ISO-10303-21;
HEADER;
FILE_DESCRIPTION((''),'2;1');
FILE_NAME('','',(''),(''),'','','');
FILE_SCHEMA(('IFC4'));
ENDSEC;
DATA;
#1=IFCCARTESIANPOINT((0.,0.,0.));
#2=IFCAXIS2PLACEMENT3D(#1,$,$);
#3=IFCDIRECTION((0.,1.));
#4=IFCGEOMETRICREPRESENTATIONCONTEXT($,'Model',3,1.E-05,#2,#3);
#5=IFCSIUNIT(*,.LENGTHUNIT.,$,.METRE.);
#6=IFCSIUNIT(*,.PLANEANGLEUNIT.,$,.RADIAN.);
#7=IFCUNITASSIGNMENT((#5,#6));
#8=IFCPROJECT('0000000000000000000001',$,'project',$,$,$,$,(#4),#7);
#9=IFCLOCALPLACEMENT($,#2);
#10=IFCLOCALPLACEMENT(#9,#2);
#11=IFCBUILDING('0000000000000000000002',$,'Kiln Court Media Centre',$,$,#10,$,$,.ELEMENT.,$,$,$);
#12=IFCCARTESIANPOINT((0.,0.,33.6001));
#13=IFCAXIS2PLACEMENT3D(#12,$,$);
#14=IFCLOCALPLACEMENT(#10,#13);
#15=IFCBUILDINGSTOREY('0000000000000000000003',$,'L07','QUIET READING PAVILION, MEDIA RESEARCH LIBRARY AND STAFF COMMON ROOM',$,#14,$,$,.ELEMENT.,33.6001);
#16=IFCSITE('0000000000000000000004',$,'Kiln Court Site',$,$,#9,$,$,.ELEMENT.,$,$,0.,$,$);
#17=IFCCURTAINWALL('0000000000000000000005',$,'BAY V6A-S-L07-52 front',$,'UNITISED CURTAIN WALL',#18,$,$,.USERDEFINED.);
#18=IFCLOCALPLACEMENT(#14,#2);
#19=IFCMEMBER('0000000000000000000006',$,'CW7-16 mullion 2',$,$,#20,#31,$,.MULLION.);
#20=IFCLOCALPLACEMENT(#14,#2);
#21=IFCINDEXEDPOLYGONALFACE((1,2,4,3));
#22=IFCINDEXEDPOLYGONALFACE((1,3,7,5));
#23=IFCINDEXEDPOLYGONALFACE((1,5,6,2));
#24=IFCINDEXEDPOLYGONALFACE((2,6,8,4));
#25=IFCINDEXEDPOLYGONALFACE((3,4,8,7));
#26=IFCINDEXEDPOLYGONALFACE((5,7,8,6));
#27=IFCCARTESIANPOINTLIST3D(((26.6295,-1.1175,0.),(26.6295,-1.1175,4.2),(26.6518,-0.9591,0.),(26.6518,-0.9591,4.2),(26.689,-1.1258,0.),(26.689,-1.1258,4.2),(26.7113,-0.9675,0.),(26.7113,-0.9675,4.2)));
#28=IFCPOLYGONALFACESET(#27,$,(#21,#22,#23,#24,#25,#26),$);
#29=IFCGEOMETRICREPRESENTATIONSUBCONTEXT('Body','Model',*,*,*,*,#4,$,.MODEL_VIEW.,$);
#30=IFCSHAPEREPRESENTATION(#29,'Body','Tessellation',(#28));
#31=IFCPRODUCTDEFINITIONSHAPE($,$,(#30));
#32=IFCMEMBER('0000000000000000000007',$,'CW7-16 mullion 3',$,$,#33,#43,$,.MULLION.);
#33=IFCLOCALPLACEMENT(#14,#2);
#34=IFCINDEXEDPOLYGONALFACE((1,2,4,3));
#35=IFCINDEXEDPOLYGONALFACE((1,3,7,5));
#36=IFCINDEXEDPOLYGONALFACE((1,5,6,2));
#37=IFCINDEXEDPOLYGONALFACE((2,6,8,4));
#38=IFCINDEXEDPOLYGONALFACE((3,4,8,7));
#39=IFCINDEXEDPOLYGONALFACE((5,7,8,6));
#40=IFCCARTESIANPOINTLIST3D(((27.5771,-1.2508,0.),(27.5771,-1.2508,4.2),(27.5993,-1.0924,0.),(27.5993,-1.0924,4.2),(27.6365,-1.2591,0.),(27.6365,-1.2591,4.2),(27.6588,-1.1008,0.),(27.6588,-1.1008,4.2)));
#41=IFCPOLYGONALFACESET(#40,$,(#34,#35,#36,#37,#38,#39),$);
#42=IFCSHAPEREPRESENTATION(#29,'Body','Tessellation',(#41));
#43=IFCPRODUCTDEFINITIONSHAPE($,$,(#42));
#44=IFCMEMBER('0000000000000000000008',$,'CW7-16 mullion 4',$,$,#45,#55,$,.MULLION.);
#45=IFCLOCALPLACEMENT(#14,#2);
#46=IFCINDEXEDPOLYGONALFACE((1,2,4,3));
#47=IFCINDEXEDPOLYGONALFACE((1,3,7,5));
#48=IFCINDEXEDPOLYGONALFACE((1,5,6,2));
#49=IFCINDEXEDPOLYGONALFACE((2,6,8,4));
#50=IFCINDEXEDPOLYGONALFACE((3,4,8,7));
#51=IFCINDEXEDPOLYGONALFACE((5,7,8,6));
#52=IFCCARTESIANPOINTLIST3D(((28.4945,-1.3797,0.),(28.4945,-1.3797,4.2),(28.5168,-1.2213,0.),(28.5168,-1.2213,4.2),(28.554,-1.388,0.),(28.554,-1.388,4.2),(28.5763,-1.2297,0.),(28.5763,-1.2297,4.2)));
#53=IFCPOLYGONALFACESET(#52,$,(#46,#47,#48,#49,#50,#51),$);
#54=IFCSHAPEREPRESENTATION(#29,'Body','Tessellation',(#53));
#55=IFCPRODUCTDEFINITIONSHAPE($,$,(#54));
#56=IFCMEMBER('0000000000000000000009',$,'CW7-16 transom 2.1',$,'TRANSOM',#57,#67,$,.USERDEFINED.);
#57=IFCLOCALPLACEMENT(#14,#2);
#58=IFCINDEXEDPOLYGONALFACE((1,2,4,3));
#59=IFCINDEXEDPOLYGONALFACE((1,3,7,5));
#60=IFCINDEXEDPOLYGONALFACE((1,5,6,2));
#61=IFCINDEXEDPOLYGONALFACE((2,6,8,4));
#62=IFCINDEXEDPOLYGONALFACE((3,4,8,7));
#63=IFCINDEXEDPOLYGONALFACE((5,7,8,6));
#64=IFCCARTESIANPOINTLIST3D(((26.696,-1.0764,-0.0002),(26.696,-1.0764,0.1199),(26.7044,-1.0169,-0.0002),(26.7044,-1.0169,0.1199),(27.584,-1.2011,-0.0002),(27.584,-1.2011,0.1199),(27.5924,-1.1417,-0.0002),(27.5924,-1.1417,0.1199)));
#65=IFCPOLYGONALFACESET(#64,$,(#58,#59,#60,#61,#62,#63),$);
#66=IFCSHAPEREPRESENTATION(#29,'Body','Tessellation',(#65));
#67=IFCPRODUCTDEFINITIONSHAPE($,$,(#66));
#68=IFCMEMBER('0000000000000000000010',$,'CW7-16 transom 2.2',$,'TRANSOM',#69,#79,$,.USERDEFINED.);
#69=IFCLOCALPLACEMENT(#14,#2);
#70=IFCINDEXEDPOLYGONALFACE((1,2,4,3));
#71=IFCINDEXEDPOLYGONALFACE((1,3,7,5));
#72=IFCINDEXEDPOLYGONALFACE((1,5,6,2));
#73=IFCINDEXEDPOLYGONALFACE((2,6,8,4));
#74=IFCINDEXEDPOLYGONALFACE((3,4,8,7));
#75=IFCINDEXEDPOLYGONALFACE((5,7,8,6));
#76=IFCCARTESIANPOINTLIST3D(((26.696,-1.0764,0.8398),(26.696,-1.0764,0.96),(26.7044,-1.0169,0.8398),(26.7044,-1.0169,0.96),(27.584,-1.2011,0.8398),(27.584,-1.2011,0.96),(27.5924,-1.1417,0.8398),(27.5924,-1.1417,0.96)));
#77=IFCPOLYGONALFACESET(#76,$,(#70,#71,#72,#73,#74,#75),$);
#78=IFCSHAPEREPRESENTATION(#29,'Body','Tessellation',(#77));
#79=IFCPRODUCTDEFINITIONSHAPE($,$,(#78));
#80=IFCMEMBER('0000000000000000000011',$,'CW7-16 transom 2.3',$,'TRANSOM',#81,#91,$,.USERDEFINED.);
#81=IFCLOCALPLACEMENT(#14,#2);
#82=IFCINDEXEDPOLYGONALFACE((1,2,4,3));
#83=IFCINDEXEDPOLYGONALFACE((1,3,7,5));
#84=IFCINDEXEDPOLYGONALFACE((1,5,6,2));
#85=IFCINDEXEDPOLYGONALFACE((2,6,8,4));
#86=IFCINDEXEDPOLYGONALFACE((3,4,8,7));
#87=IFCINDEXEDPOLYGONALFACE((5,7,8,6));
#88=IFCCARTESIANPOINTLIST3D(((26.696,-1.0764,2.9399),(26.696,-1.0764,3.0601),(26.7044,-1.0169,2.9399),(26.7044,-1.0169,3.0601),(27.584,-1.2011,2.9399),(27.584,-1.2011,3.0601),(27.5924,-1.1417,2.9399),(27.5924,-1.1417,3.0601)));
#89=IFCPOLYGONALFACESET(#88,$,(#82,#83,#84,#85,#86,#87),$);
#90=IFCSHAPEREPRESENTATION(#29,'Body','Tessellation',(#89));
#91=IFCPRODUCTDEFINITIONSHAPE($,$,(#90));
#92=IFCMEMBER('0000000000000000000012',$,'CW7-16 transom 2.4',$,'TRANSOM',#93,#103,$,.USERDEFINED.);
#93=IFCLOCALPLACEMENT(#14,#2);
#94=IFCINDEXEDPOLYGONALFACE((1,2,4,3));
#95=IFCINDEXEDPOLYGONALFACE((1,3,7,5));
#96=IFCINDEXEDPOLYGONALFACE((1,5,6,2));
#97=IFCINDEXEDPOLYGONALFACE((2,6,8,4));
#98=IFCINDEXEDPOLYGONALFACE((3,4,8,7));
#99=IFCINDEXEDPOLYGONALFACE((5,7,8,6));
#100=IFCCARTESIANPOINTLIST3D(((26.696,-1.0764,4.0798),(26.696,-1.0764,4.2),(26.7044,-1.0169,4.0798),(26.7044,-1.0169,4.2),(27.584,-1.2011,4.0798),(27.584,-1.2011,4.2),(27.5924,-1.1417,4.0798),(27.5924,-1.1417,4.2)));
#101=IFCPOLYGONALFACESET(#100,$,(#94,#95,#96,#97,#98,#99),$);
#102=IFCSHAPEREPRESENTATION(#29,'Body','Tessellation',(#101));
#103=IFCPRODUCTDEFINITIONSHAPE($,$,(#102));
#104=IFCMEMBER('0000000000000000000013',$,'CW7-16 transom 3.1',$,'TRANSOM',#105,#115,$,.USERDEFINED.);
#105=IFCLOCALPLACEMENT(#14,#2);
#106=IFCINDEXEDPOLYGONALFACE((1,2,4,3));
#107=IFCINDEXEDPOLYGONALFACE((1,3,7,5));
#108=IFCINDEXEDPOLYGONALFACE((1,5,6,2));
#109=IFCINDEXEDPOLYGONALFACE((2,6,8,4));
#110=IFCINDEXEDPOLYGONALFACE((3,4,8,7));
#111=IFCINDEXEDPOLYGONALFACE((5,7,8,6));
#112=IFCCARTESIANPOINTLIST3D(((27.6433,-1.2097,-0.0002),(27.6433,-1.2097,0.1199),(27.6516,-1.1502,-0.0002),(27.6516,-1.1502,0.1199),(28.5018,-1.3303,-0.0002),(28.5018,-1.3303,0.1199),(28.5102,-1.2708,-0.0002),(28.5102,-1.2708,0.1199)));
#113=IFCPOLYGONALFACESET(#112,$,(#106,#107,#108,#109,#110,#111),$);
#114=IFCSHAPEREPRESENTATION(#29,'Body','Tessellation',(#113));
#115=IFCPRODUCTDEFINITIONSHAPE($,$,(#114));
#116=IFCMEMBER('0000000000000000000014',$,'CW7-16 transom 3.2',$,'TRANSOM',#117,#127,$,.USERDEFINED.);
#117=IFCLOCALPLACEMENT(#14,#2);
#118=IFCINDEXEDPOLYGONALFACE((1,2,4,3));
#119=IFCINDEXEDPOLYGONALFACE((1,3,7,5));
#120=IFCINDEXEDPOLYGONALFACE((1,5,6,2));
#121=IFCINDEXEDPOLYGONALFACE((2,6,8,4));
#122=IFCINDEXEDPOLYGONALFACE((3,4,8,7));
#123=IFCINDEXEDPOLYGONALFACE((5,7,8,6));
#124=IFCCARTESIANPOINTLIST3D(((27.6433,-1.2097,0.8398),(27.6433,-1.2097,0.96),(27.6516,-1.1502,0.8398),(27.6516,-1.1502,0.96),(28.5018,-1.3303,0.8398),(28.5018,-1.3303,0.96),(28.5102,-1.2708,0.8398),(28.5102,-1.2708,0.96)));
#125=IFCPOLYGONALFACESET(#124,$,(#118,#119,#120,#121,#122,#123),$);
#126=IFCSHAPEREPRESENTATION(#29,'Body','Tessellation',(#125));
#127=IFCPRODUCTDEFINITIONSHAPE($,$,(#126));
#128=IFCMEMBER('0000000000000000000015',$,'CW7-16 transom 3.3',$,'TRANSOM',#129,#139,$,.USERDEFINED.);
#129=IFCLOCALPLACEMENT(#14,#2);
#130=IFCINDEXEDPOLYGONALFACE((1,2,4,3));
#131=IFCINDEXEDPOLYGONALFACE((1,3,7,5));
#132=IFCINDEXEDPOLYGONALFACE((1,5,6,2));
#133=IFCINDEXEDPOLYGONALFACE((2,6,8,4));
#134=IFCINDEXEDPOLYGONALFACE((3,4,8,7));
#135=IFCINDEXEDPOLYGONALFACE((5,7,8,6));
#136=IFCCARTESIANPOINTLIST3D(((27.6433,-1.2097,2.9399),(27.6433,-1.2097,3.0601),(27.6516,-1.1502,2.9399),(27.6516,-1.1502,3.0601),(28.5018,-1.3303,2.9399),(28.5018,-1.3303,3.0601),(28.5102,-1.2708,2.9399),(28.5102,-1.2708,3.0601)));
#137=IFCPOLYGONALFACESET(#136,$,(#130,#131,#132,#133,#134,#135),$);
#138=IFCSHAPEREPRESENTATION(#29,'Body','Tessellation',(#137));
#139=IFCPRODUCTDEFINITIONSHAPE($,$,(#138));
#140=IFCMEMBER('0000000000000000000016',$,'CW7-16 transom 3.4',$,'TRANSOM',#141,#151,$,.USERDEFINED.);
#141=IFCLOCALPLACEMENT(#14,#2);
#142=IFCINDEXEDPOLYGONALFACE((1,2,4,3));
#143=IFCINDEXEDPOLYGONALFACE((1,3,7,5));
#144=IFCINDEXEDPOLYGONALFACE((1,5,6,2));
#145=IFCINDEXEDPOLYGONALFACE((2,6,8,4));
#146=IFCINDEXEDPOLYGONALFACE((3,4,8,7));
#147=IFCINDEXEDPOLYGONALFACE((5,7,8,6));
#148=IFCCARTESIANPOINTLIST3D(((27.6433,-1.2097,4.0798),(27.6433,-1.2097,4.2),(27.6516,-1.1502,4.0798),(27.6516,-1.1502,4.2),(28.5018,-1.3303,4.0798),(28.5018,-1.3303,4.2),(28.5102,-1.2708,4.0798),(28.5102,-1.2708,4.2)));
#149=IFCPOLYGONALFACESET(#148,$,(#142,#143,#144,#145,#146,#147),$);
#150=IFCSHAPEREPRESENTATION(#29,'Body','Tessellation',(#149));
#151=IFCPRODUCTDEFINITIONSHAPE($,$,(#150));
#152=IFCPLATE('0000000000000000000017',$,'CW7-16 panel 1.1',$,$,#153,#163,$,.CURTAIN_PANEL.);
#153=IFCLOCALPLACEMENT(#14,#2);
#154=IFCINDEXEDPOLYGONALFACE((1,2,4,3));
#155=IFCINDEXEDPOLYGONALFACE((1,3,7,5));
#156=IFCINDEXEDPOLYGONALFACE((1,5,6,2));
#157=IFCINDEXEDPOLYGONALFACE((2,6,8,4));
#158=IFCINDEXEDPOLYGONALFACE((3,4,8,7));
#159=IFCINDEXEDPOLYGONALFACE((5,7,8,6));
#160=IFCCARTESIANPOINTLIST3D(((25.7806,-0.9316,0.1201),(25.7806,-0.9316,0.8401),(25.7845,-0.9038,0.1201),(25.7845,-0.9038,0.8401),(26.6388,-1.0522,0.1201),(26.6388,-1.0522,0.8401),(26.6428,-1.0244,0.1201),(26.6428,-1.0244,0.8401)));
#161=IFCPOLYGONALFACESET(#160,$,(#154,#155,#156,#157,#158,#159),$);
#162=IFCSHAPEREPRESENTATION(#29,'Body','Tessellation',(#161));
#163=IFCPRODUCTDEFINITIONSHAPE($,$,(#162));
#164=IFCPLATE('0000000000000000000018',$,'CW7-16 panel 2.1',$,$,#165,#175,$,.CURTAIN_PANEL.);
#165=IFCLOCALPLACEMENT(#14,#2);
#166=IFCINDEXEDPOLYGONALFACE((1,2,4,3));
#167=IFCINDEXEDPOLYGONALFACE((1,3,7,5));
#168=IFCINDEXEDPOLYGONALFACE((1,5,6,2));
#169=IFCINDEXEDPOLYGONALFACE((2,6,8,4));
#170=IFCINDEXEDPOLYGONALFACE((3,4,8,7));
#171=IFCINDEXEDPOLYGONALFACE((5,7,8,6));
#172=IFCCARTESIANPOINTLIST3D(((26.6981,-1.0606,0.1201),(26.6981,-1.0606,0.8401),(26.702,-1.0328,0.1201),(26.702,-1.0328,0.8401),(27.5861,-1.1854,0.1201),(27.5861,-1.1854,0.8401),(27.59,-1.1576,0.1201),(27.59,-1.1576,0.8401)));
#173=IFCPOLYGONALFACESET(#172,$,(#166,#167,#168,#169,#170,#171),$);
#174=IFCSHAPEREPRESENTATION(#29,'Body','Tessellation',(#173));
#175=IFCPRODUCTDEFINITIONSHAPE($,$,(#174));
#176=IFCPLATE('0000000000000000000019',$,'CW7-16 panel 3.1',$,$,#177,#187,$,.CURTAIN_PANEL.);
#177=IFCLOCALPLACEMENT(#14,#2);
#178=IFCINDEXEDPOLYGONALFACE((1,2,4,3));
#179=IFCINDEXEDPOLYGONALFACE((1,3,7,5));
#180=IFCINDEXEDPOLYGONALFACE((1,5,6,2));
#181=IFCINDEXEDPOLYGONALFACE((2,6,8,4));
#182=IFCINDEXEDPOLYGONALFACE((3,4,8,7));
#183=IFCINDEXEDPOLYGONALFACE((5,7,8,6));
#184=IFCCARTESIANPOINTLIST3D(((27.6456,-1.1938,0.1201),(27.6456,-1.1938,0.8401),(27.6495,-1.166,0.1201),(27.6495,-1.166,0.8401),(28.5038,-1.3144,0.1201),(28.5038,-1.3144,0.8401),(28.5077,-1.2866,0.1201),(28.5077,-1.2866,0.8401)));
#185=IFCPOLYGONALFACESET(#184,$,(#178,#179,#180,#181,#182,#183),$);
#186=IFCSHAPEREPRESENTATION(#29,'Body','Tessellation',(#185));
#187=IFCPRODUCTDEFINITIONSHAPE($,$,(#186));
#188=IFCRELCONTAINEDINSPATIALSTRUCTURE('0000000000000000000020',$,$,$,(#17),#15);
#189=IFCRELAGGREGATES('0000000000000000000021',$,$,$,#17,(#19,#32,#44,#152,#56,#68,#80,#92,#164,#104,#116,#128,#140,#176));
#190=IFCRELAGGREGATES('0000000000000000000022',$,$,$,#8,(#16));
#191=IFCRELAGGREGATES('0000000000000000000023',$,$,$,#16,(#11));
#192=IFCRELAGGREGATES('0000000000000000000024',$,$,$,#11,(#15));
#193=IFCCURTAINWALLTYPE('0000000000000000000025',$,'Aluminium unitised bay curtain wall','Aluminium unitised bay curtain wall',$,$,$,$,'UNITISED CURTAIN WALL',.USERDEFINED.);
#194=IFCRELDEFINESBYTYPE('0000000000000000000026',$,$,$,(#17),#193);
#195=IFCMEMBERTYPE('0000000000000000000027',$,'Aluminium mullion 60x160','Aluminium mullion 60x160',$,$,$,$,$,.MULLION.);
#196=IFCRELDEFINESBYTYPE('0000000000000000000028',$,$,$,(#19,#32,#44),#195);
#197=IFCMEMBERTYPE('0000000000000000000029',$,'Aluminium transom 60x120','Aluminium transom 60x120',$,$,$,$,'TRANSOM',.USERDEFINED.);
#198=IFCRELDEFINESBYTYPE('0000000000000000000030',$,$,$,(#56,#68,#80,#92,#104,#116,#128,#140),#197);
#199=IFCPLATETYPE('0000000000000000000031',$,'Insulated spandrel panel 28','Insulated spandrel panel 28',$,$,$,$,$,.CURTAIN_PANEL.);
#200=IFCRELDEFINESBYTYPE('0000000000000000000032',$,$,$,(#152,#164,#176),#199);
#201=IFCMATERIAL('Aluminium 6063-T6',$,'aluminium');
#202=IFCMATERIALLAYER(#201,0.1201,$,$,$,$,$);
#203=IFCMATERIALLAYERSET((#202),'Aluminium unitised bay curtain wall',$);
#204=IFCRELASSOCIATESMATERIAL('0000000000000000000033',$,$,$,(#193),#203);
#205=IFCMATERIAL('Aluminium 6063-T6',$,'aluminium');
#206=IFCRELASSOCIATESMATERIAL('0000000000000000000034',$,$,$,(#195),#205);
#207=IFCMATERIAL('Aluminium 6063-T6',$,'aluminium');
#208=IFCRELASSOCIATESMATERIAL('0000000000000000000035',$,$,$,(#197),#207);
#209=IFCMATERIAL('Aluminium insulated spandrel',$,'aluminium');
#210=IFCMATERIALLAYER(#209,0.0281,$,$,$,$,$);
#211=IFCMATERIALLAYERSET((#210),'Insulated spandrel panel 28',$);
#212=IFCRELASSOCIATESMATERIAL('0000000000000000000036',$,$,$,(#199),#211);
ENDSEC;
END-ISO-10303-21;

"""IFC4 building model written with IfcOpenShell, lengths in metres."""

from ifc_helpers import new_model, si_unit, direction, frame, origin, origin_2d, place, context, subcontext, project, spatial, rectangle, extrude, material, layer, layer_set, material_profile, profile_set, type_object, element, aggregate, save


model = new_model("IFC4")

# Units and contexts
model_context = context("Model", 3, precision=1e-05, world=origin(), true_north=direction((0.0, 1.0)))
body_context = subcontext(model_context, "Body", "Model", "MODEL_VIEW")
ifc_project = project(units=[si_unit("LENGTHUNIT", "METRE"), si_unit("PLANEANGLEUNIT", "RADIAN")], contexts=[model_context])

# Site, building, storey
site_placement = place(None, origin())
site = spatial("IfcSite", under=ifc_project, at=site_placement, Name="Kiln Court Site", CompositionType="ELEMENT", RefElevation=0.0)
building_placement = place(site_placement, origin())
building = spatial("IfcBuilding", under=site, at=building_placement, Name="Kiln Court Media Centre", CompositionType="ELEMENT")
storey_placement = place(building_placement, frame((0.0, 0.0, 33.6001)))
storey = spatial("IfcBuildingStorey", under=building, at=storey_placement, Name="L07", Description="QUIET READING PAVILION, MEDIA RESEARCH LIBRARY AND STAFF COMMON ROOM", CompositionType="ELEMENT", Elevation=33.6001)

# Curtain wall, members, plates
ifc_material_1 = material(Name="Aluminium 6063-T6", Category="aluminium")
ifc_layer_1 = layer(ifc_material_1, 0.1201)
ifc_layer_set_1 = layer_set([ifc_layer_1], Name="Aluminium unitised bay curtain wall")
curtain_wall_type = type_object("IfcCurtainWallType", Name="Aluminium unitised bay curtain wall", Description="Aluminium unitised bay curtain wall", ElementType="UNITISED CURTAIN WALL", PredefinedType="USERDEFINED", material=ifc_layer_set_1)
curtain_wall_placement = place(storey_placement, origin())
curtain_wall = element("IfcCurtainWall", 1, at=curtain_wall_placement, inside=storey, type_object=curtain_wall_type, Name="BAY V6A-S-L07-52 front", ObjectType="UNITISED CURTAIN WALL", PredefinedType="USERDEFINED")
ifc_material_2 = material(Name="Aluminium 6063-T6", Category="aluminium")
ifc_material_profile_1 = material_profile(ifc_material_2, rectangle(XDim=0.0601, YDim=0.1599, at=origin_2d()), Name="Aluminium mullion 60x160")
ifc_profile_set_1 = profile_set([ifc_material_profile_1], Name="Aluminium 6063-T6")
member_type_1 = type_object("IfcMemberType", Name="Aluminium mullion 60x160", Description="Aluminium mullion 60x160", PredefinedType="MULLION", material=ifc_profile_set_1)
member_1_placement = place(storey_placement, frame((26.6704, -1.0425, 0.0), z_axis=(0.0, 0.0, 1.0), x_axis=(0.99027, -0.139162, 0.0)))
member_1 = element("IfcMember", 2, at=member_1_placement, type_object=member_type_1, Name="CW7-16 mullion 2", PredefinedType="MULLION", context=body_context, shape_type="SweptSolid", body=[
    extrude(rectangle(XDim=0.0601, YDim=0.1599, at=origin_2d()), origin(), (0.0, 0.0, 1.0), 4.2),
])
member_2_placement = place(storey_placement, frame((27.6179, -1.1758, 0.0), z_axis=(0.0, 0.0, 1.0), x_axis=(0.99027, -0.139162, 0.0)))
member_2 = element("IfcMember", 3, at=member_2_placement, type_object=member_type_1, Name="CW7-16 mullion 3", PredefinedType="MULLION", context=body_context, shape_type="SweptSolid", body=[
    extrude(rectangle(XDim=0.0601, YDim=0.1599, at=origin_2d()), origin(), (0.0, 0.0, 1.0), 4.2),
])
member_3_placement = place(storey_placement, frame((28.5354, -1.3047, 0.0), z_axis=(0.0, 0.0, 1.0), x_axis=(0.99027, -0.139162, 0.0)))
member_3 = element("IfcMember", 4, at=member_3_placement, type_object=member_type_1, Name="CW7-16 mullion 4", PredefinedType="MULLION", context=body_context, shape_type="SweptSolid", body=[
    extrude(rectangle(XDim=0.0601, YDim=0.1599, at=origin_2d()), origin(), (0.0, 0.0, 1.0), 4.2),
])
ifc_material_3 = material(Name="Aluminium 6063-T6", Category="aluminium")
ifc_material_profile_2 = material_profile(ifc_material_3, rectangle(XDim=0.0601, YDim=0.1201, at=origin_2d()), Name="Aluminium transom 60x120")
ifc_profile_set_2 = profile_set([ifc_material_profile_2], Name="Aluminium 6063-T6")
member_type_2 = type_object("IfcMemberType", Name="Aluminium transom 60x120", Description="Aluminium transom 60x120", ElementType="TRANSOM", PredefinedType="USERDEFINED", material=ifc_profile_set_2)
member_4_placement = place(storey_placement, frame((26.7002, -1.0466, 0.0598), z_axis=(0.990274, -0.139134, 0.0), x_axis=(0.139134, 0.990274, 0.0)))
member_4 = element("IfcMember", 5, at=member_4_placement, type_object=member_type_2, Name="CW7-16 transom 2.1", ObjectType="TRANSOM", PredefinedType="USERDEFINED", context=body_context, shape_type="SweptSolid", body=[
    extrude(rectangle(XDim=0.0601, YDim=0.1201, at=origin_2d()), origin(), (0.0, 0.0, 1.0), 0.8967),
])
member_5_placement = place(storey_placement, frame((26.7002, -1.0466, 0.8999), z_axis=(0.990274, -0.139134, 0.0), x_axis=(0.139134, 0.990274, 0.0)))
member_5 = element("IfcMember", 6, at=member_5_placement, type_object=member_type_2, Name="CW7-16 transom 2.2", ObjectType="TRANSOM", PredefinedType="USERDEFINED", context=body_context, shape_type="SweptSolid", body=[
    extrude(rectangle(XDim=0.0601, YDim=0.1201, at=origin_2d()), origin(), (0.0, 0.0, 1.0), 0.8967),
])
member_6_placement = place(storey_placement, frame((26.7002, -1.0466, 3.0), z_axis=(0.990274, -0.139134, 0.0), x_axis=(0.139134, 0.990274, 0.0)))
member_6 = element("IfcMember", 7, at=member_6_placement, type_object=member_type_2, Name="CW7-16 transom 2.3", ObjectType="TRANSOM", PredefinedType="USERDEFINED", context=body_context, shape_type="SweptSolid", body=[
    extrude(rectangle(XDim=0.0601, YDim=0.1201, at=origin_2d()), origin(), (0.0, 0.0, 1.0), 0.8967),
])
member_7_placement = place(storey_placement, frame((26.7002, -1.0466, 4.1399), z_axis=(0.990274, -0.139134, 0.0), x_axis=(0.139134, 0.990274, 0.0)))
member_7 = element("IfcMember", 8, at=member_7_placement, type_object=member_type_2, Name="CW7-16 transom 2.4", ObjectType="TRANSOM", PredefinedType="USERDEFINED", context=body_context, shape_type="SweptSolid", body=[
    extrude(rectangle(XDim=0.0601, YDim=0.1201, at=origin_2d()), origin(), (0.0, 0.0, 1.0), 0.8967),
])
member_8_placement = place(storey_placement, frame((27.6475, -1.1799, 0.0598), z_axis=(0.990274, -0.139134, 0.0), x_axis=(0.139134, 0.990274, 0.0)))
member_8 = element("IfcMember", 9, at=member_8_placement, type_object=member_type_2, Name="CW7-16 transom 3.1", ObjectType="TRANSOM", PredefinedType="USERDEFINED", context=body_context, shape_type="SweptSolid", body=[
    extrude(rectangle(XDim=0.0601, YDim=0.1201, at=origin_2d()), origin(), (0.0, 0.0, 1.0), 0.8669),
])
member_9_placement = place(storey_placement, frame((27.6475, -1.1799, 0.8999), z_axis=(0.990274, -0.139134, 0.0), x_axis=(0.139134, 0.990274, 0.0)))
member_9 = element("IfcMember", 10, at=member_9_placement, type_object=member_type_2, Name="CW7-16 transom 3.2", ObjectType="TRANSOM", PredefinedType="USERDEFINED", context=body_context, shape_type="SweptSolid", body=[
    extrude(rectangle(XDim=0.0601, YDim=0.1201, at=origin_2d()), origin(), (0.0, 0.0, 1.0), 0.8669),
])
member_10_placement = place(storey_placement, frame((27.6475, -1.1799, 3.0), z_axis=(0.990274, -0.139134, 0.0), x_axis=(0.139134, 0.990274, 0.0)))
member_10 = element("IfcMember", 11, at=member_10_placement, type_object=member_type_2, Name="CW7-16 transom 3.3", ObjectType="TRANSOM", PredefinedType="USERDEFINED", context=body_context, shape_type="SweptSolid", body=[
    extrude(rectangle(XDim=0.0601, YDim=0.1201, at=origin_2d()), origin(), (0.0, 0.0, 1.0), 0.8669),
])
member_11_placement = place(storey_placement, frame((27.6475, -1.1799, 4.1399), z_axis=(0.990274, -0.139134, 0.0), x_axis=(0.139134, 0.990274, 0.0)))
member_11 = element("IfcMember", 12, at=member_11_placement, type_object=member_type_2, Name="CW7-16 transom 3.4", ObjectType="TRANSOM", PredefinedType="USERDEFINED", context=body_context, shape_type="SweptSolid", body=[
    extrude(rectangle(XDim=0.0601, YDim=0.1201, at=origin_2d()), origin(), (0.0, 0.0, 1.0), 0.8669),
])
ifc_material_4 = material(Name="Aluminium insulated spandrel", Category="aluminium")
ifc_layer_2 = layer(ifc_material_4, 0.0281)
ifc_layer_set_2 = layer_set([ifc_layer_2], Name="Insulated spandrel panel 28")
plate_type_1 = type_object("IfcPlateType", Name="Insulated spandrel panel 28", Description="Insulated spandrel panel 28", PredefinedType="CURTAIN_PANEL", material=ifc_layer_set_2)
plate_1_placement = place(storey_placement, frame((26.2117, -0.978, 0.1201), z_axis=(0.0, 0.0, 1.0), x_axis=(0.99027, -0.139162, 0.0)))
plate_1 = element("IfcPlate", 13, at=plate_1_placement, type_object=plate_type_1, Name="CW7-16 panel 1.1", PredefinedType="CURTAIN_PANEL", context=body_context, shape_type="SweptSolid", body=[
    extrude(rectangle(XDim=0.8667, YDim=0.0281, at=origin_2d()), origin(), (0.0, 0.0, 1.0), 0.72),
])
plate_2_placement = place(storey_placement, frame((27.144, -1.1091, 0.1201), z_axis=(0.0, 0.0, 1.0), x_axis=(0.99027, -0.139162, 0.0)))
plate_2 = element("IfcPlate", 14, at=plate_2_placement, type_object=plate_type_1, Name="CW7-16 panel 2.1", PredefinedType="CURTAIN_PANEL", context=body_context, shape_type="SweptSolid", body=[
    extrude(rectangle(XDim=0.8967, YDim=0.0281, at=origin_2d()), origin(), (0.0, 0.0, 1.0), 0.72),
])
plate_3_placement = place(storey_placement, frame((28.0767, -1.2402, 0.1201), z_axis=(0.0, 0.0, 1.0), x_axis=(0.99027, -0.139162, 0.0)))
plate_3 = element("IfcPlate", 15, at=plate_3_placement, type_object=plate_type_1, Name="CW7-16 panel 3.1", PredefinedType="CURTAIN_PANEL", context=body_context, shape_type="SweptSolid", body=[
    extrude(rectangle(XDim=0.8667, YDim=0.0281, at=origin_2d()), origin(), (0.0, 0.0, 1.0), 0.72),
])
aggregate(curtain_wall, [member_1, member_2, member_3, plate_1, member_4, member_5, member_6, member_7, plate_2, member_8, member_9, member_10, member_11, plate_3])

save(model, "model.ifc")
